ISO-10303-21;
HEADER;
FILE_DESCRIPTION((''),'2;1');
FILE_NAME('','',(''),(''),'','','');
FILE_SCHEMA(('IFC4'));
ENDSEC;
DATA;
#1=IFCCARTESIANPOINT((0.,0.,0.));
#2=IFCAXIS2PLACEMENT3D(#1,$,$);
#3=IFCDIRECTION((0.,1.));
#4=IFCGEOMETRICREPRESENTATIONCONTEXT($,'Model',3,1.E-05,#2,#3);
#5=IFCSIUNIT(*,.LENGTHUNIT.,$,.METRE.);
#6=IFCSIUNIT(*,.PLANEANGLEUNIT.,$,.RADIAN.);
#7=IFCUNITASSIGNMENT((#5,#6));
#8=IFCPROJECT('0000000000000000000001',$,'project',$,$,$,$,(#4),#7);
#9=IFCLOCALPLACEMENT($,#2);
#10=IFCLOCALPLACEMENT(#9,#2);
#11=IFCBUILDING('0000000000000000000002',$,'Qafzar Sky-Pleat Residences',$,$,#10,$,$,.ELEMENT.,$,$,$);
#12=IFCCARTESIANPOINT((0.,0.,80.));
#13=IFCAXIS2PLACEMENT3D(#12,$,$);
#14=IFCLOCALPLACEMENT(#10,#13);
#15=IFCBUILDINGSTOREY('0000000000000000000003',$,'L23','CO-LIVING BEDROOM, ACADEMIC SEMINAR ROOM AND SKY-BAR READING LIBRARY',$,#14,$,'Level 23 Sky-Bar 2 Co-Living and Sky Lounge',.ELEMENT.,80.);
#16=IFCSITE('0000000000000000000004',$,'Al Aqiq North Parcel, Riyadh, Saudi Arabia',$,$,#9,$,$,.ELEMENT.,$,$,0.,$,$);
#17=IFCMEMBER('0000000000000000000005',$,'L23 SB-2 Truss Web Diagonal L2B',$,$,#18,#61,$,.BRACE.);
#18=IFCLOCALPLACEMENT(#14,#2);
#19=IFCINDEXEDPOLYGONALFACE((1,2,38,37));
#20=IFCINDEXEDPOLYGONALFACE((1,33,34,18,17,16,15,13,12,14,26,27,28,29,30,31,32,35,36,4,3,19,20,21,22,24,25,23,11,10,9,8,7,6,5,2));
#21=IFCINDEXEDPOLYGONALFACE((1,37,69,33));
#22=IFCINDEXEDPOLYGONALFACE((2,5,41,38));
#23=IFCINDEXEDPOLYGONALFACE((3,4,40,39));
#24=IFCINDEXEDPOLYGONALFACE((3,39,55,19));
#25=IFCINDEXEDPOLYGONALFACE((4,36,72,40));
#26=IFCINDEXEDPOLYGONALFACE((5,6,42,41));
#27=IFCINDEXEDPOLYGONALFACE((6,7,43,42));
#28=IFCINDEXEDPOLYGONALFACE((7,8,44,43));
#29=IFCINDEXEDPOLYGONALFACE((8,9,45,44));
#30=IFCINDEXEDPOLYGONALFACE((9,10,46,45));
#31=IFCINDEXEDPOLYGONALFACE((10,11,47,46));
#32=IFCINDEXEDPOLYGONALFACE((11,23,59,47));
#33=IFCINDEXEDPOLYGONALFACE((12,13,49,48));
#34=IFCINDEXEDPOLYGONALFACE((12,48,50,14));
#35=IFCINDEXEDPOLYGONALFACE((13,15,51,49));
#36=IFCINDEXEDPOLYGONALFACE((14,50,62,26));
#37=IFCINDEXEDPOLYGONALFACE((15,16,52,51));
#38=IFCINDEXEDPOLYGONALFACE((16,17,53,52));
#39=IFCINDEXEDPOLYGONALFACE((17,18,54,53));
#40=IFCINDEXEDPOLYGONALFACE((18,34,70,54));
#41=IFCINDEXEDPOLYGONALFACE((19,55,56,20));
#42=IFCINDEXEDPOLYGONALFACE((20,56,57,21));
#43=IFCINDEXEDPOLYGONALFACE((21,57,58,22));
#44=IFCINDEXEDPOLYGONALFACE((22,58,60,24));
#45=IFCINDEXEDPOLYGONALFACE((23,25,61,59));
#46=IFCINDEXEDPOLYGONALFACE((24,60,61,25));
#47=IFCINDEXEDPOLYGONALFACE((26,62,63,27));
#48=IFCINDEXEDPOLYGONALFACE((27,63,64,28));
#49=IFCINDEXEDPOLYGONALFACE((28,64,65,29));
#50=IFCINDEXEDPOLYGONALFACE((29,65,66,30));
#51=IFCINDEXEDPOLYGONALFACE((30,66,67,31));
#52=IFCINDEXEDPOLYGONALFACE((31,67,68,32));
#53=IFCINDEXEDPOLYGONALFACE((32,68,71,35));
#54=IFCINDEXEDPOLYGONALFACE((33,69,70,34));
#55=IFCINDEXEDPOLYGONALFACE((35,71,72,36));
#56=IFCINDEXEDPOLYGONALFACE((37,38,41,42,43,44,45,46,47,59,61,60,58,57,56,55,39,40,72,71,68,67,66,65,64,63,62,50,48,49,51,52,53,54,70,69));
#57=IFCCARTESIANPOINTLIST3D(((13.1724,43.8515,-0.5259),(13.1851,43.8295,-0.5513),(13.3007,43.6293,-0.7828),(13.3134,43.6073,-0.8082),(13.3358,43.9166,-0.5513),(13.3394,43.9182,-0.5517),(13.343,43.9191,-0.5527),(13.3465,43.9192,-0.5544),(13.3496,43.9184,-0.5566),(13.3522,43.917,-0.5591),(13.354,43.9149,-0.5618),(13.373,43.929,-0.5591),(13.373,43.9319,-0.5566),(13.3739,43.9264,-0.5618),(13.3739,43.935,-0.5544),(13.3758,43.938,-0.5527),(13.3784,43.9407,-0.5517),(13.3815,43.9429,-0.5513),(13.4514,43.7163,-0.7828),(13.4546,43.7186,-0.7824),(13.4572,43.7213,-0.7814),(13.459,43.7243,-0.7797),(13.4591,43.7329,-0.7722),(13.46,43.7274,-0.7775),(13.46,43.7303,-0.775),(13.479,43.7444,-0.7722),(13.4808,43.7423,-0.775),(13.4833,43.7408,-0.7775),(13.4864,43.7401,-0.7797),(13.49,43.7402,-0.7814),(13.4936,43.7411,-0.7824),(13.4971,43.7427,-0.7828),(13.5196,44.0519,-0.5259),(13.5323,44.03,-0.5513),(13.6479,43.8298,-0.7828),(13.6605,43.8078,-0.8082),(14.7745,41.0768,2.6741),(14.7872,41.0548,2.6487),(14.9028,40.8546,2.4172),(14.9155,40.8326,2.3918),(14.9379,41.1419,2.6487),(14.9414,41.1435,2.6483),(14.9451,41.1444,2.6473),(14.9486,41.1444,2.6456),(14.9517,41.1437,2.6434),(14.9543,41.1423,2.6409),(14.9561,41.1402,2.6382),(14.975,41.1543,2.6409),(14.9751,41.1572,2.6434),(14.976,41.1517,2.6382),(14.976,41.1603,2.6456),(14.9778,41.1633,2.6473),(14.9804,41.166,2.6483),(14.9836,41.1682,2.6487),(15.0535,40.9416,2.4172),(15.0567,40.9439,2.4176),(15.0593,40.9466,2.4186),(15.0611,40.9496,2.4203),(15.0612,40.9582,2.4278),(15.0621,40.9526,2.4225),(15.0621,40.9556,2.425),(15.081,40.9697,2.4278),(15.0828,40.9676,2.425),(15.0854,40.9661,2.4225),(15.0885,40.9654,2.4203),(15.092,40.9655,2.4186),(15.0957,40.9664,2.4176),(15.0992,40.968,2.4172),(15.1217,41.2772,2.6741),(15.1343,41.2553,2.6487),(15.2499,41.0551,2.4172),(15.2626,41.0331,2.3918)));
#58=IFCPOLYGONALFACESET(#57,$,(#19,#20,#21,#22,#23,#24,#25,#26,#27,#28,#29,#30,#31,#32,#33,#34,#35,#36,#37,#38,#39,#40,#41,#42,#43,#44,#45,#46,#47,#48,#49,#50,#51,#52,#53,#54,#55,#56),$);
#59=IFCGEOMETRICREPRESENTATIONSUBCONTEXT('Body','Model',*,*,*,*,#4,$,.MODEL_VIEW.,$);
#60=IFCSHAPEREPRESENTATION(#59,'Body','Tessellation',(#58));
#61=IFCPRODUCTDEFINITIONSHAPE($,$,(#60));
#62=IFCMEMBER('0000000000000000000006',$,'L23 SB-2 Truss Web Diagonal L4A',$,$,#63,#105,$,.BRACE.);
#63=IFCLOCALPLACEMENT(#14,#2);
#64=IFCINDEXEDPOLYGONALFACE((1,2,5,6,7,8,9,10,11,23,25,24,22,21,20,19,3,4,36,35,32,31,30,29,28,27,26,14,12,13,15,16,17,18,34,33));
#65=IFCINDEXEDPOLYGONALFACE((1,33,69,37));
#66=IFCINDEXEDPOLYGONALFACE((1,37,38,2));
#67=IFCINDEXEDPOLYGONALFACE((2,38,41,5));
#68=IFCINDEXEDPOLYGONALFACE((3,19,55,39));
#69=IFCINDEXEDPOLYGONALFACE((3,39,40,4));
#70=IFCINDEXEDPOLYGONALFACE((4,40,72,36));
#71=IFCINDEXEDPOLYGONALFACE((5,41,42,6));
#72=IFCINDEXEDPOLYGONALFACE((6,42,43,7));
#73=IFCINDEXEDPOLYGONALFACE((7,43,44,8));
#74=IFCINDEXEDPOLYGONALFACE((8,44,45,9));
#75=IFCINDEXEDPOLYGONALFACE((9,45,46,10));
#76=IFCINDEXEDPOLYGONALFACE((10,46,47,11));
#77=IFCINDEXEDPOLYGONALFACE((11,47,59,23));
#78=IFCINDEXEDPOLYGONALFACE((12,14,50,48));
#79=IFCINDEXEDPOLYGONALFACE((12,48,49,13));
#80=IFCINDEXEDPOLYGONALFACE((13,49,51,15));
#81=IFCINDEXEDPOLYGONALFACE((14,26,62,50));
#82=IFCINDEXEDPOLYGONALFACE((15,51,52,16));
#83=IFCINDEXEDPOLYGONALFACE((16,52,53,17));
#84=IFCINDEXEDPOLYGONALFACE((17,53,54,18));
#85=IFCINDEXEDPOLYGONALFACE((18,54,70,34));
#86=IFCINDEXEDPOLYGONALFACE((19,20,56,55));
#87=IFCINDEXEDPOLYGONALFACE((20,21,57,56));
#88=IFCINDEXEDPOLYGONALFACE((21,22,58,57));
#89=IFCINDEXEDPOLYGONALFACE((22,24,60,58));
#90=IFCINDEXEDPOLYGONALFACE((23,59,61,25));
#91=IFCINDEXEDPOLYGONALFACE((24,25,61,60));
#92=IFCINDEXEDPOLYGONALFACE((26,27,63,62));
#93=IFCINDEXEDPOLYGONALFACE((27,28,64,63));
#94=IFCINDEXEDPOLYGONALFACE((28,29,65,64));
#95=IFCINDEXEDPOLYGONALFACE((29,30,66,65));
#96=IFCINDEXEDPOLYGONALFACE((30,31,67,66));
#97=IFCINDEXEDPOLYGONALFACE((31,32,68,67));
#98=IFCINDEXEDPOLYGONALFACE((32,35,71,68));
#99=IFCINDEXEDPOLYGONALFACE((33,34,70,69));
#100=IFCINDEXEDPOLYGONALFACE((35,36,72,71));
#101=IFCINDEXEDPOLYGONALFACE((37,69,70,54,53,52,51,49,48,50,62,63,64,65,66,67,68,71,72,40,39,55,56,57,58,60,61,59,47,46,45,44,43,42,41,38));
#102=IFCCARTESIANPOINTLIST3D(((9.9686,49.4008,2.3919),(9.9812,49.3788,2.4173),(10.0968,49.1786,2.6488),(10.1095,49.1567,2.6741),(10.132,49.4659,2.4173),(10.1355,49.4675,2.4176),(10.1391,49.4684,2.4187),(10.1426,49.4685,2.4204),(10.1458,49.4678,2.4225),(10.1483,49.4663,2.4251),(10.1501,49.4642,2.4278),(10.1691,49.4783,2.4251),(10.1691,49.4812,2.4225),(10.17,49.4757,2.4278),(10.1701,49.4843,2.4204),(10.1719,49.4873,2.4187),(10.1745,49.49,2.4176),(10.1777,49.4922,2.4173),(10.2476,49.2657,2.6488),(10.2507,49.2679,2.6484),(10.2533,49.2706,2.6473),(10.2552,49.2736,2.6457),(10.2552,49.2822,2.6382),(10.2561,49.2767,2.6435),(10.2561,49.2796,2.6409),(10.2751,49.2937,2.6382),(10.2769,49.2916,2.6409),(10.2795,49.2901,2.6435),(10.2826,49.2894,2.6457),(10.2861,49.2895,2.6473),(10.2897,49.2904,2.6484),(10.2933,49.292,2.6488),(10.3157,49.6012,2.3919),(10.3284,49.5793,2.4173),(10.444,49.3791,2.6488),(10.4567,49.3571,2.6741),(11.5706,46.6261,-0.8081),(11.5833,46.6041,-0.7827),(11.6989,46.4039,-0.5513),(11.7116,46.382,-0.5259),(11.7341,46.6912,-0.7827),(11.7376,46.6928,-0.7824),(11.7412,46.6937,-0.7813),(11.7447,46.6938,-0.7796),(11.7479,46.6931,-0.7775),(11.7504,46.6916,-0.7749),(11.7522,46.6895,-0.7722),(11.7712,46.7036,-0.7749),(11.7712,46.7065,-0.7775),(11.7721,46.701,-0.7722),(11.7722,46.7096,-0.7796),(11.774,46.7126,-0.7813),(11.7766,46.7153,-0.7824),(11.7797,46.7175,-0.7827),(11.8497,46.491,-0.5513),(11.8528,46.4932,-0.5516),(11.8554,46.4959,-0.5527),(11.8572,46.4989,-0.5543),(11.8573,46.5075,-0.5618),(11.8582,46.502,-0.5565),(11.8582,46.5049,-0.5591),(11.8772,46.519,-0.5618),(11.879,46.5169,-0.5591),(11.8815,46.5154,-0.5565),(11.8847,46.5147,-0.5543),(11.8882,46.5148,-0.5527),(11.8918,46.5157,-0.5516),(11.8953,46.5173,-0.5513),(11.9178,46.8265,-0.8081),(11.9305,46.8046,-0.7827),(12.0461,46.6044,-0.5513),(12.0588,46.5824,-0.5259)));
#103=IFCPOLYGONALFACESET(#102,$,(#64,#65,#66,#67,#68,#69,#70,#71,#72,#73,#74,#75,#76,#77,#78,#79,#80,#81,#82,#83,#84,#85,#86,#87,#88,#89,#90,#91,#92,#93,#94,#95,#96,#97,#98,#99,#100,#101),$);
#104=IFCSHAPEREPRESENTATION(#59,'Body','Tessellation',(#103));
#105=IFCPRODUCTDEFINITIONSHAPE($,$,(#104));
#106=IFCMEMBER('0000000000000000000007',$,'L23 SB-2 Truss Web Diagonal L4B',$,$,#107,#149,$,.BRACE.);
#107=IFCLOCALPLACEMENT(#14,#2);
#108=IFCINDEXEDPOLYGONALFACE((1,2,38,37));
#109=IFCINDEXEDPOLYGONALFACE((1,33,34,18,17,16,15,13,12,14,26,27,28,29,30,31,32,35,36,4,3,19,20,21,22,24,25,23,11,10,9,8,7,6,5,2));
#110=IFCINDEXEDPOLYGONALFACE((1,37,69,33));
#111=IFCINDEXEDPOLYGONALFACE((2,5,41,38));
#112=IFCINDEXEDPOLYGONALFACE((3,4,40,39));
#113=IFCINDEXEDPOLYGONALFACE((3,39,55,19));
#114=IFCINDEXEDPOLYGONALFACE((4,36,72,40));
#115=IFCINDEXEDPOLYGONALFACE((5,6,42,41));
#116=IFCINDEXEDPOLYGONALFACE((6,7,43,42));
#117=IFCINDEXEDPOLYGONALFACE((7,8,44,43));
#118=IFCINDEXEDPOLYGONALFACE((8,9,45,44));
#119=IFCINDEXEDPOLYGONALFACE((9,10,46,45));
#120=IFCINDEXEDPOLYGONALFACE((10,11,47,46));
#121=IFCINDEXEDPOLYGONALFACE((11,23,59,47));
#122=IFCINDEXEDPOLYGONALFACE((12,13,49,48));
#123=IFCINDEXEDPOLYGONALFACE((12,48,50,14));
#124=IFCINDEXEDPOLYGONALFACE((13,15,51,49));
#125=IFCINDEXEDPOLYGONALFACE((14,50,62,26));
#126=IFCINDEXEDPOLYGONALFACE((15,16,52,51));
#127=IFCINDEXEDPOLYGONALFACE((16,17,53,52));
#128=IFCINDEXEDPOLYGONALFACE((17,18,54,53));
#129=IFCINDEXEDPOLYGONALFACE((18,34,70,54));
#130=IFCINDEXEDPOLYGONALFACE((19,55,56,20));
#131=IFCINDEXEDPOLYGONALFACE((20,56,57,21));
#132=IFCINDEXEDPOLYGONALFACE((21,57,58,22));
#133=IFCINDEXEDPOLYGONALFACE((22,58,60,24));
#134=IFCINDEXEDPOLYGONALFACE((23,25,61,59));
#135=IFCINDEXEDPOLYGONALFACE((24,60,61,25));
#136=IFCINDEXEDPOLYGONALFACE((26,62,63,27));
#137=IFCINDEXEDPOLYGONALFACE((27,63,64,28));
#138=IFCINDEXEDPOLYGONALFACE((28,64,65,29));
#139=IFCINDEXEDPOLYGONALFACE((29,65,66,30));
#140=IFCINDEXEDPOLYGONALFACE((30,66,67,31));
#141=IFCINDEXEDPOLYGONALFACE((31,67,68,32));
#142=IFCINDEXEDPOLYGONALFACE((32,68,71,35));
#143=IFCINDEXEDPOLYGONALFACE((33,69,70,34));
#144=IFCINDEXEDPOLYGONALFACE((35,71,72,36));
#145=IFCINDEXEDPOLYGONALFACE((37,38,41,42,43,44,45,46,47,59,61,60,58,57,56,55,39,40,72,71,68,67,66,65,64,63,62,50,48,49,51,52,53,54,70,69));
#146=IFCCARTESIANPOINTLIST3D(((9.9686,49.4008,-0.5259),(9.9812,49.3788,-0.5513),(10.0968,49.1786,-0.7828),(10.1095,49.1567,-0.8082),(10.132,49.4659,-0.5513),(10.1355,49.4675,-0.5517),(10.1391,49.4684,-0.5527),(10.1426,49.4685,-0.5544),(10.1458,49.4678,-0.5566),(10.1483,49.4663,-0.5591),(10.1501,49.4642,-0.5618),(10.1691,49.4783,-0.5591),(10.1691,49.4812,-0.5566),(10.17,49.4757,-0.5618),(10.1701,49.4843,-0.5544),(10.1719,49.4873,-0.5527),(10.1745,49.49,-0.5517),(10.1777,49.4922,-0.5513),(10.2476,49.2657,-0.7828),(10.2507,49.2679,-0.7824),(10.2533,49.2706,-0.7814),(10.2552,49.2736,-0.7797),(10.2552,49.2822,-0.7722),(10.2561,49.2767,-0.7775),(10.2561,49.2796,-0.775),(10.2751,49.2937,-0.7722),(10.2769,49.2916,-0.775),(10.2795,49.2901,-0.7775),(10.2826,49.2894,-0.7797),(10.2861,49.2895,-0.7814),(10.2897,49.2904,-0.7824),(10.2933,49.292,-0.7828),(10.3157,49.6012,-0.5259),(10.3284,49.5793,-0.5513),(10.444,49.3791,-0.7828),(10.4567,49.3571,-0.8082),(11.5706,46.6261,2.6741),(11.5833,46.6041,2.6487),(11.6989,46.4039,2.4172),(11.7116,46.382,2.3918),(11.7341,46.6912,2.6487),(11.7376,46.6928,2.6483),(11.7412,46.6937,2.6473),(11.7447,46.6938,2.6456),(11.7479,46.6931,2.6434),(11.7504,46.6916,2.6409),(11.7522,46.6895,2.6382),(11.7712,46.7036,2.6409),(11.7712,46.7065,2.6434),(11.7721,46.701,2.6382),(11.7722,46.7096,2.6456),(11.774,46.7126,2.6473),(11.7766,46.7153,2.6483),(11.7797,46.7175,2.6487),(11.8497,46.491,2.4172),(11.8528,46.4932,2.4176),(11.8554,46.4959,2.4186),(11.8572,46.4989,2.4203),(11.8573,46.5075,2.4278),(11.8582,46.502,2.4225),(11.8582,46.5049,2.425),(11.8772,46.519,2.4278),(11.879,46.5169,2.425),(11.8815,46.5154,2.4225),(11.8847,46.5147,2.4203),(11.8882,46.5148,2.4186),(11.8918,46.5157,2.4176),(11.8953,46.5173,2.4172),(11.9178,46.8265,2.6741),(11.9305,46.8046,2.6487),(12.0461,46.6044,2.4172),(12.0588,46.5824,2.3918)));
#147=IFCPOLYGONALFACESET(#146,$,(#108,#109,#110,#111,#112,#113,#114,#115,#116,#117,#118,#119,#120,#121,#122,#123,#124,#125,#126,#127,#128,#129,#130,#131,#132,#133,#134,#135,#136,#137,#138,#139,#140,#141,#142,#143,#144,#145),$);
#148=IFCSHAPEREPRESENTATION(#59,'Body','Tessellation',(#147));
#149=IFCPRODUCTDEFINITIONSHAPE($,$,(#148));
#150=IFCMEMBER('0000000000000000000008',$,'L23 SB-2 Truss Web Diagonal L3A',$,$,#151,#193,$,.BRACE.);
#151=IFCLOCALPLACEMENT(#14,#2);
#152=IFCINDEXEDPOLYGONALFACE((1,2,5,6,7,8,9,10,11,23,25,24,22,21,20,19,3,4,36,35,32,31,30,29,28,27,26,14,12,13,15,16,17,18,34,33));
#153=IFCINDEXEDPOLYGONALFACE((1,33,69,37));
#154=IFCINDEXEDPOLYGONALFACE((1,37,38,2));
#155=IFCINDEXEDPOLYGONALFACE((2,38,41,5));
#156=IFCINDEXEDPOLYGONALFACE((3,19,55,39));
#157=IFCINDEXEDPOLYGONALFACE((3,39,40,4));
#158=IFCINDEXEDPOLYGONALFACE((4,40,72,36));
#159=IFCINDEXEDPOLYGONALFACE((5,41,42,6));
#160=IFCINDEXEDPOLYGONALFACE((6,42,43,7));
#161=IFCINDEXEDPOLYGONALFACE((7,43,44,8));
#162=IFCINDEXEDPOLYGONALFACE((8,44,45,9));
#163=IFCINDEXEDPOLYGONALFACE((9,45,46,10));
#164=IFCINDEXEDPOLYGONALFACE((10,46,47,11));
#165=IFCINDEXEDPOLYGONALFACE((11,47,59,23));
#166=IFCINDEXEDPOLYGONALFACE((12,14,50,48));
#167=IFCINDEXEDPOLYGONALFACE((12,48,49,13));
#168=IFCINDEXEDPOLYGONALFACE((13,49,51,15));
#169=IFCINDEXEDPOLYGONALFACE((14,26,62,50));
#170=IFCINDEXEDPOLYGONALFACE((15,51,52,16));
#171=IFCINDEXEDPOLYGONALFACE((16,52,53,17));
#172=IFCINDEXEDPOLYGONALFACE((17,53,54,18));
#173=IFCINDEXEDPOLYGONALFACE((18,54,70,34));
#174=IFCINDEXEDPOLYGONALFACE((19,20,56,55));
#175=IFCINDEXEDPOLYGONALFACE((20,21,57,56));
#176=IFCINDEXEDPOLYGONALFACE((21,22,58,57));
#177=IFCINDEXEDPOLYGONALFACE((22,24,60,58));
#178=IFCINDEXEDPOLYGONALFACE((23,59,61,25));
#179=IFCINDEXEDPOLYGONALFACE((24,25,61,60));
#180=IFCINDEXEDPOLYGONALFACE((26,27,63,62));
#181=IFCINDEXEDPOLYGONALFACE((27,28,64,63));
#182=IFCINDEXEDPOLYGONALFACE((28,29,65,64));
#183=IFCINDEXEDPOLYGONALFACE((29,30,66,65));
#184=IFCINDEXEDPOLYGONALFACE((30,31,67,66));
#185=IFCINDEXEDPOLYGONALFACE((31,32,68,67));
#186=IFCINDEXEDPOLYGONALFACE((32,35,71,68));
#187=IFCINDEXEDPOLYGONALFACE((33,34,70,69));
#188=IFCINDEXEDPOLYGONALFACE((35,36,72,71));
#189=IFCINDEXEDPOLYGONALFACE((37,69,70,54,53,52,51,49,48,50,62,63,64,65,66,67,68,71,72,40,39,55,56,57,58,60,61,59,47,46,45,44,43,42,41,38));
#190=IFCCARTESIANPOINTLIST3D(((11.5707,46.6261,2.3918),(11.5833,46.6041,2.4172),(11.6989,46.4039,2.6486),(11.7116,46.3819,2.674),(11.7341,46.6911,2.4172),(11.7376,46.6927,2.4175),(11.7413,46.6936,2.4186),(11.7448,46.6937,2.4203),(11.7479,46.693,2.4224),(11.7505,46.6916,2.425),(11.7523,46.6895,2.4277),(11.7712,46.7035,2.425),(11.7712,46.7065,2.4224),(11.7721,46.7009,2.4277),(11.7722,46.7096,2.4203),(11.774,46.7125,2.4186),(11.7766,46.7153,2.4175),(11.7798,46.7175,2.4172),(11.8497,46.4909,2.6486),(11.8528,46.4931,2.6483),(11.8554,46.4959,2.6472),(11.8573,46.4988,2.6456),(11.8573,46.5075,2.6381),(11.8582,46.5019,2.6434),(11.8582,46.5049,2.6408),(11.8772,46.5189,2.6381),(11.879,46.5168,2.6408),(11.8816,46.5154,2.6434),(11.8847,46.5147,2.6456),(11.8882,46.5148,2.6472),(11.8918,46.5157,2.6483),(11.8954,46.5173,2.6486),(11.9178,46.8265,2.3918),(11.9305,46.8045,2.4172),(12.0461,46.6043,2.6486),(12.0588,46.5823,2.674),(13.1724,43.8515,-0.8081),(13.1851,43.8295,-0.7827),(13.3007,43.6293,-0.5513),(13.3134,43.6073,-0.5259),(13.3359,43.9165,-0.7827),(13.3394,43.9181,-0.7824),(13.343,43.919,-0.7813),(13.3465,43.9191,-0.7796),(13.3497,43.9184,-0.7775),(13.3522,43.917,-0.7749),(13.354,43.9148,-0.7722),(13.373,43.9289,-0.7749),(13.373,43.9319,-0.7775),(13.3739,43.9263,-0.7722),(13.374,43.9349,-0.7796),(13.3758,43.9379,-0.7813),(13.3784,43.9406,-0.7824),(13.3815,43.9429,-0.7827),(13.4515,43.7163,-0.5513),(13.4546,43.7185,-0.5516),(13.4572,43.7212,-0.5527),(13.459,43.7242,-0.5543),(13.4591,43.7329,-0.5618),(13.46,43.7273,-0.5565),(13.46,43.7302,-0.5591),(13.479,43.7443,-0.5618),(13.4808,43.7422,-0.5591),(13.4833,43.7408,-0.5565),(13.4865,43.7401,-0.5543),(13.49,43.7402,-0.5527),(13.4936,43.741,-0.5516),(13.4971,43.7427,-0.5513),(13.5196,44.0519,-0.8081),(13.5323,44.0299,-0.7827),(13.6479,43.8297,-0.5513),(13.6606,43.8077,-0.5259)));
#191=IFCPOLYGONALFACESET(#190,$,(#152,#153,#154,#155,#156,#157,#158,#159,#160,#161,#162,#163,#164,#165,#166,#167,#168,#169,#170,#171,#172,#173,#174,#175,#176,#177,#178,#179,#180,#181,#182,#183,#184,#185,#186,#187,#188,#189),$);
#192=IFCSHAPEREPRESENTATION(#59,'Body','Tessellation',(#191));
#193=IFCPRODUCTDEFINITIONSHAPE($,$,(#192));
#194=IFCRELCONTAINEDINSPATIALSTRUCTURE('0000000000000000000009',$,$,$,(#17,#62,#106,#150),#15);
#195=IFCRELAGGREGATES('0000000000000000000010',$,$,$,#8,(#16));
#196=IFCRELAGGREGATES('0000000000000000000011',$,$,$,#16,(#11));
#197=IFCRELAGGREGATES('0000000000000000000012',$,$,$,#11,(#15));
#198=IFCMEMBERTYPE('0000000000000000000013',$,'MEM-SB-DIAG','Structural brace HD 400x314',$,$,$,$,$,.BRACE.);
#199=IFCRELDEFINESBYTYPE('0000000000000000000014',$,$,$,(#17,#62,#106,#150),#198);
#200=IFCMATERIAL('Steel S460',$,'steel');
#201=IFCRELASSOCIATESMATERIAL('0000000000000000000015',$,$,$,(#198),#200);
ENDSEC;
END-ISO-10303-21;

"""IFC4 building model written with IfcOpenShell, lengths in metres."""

from ifc_helpers import new_model, si_unit, direction, frame, origin, origin_2d, place, context, subcontext, project, spatial, i_section, extrude, source, transform, mapped, material, material_profile, profile_set, type_object, element, save


model = new_model("IFC4")

# Units and contexts
model_context = context("Model", 3, precision=1e-05, world=origin(), true_north=direction((0.0, 1.0)))
body_context = subcontext(model_context, "Body", "Model", "MODEL_VIEW")
ifc_project = project(units=[si_unit("LENGTHUNIT", "METRE"), si_unit("PLANEANGLEUNIT", "RADIAN")], contexts=[model_context])

# Site, building, storey
site_placement = place(None, origin())
site = spatial("IfcSite", under=ifc_project, at=site_placement, Name="Al Aqiq North Parcel, Riyadh, Saudi Arabia", CompositionType="ELEMENT", RefElevation=0.0)
building_placement = place(site_placement, origin())
building = spatial("IfcBuilding", under=site, at=building_placement, Name="Qafzar Sky-Pleat Residences", CompositionType="ELEMENT")
storey_placement = place(building_placement, frame((0.0, 0.0, 80.0)))
storey = spatial("IfcBuildingStorey", under=building, at=storey_placement, Name="L23", Description="CO-LIVING BEDROOM, ACADEMIC SEMINAR ROOM AND SKY-BAR READING LIBRARY", LongName="Level 23 Sky-Bar 2 Co-Living and Sky Lounge", CompositionType="ELEMENT", Elevation=80.0)

# Shared definitions
ifc_material_1 = material(Name="Steel S460", Category="steel")

# Members
ifc_material_profile_1 = material_profile(ifc_material_1, i_section(OverallWidth=0.4009, OverallDepth=0.3989, WebThickness=0.0229, FlangeThickness=0.0359, FilletRadius=0.0149, at=origin_2d()), Name="HD 400x314")
ifc_profile_set_1 = profile_set([ifc_material_profile_1], Name="Steel S460")
member_type = type_object("IfcMemberType", Name="MEM-SB-DIAG", Description="Structural brace HD 400x314", PredefinedType="BRACE", material=ifc_profile_set_1)
shared_shape_1 = source(origin(), body_context, "Body", "SweptSolid", [
    extrude(i_section(OverallWidth=0.4009, OverallDepth=0.3989, WebThickness=0.0229, FlangeThickness=0.0359, FilletRadius=0.0149, at=origin_2d()), origin(), (0.0, 0.0, 1.0), 4.5283),
])
for number, where, z_axis, x_axis, name in (
    (1, (15.0186, 41.0549, 2.533), (-0.353791, 0.612745, -0.706665), (-0.866012, -0.500024, 0.0), "L23 SB-2 Truss Web Diagonal L2B"),
    (2, (11.8147, 46.6042, -0.667), (-0.353791, 0.612745, 0.706665), (-0.866012, -0.500024, 0.0), "L23 SB-2 Truss Web Diagonal L4A"),
    (3, (11.8147, 46.6042, 2.533), (-0.353791, 0.612745, -0.706665), (-0.866012, -0.500024, 0.0), "L23 SB-2 Truss Web Diagonal L4B"),
):
    element("IfcMember", number, at=place(storey_placement, frame(where, z_axis=z_axis, x_axis=x_axis)), inside=storey, type_object=member_type, Name=name, PredefinedType="BRACE", context=body_context, shape_type="MappedRepresentation", body=[
        mapped(shared_shape_1, transform((0.0, 0.0, 0.0), x_axis=(1.0, 0.0, 0.0), y_axis=(0.0, 1.0, 0.0), z_axis=(0.0, 0.0, 1.0), scale=1.0)),
    ])
shared_shape_2 = source(origin(), body_context, "Body", "SweptSolid", [
    extrude(i_section(OverallWidth=0.4009, OverallDepth=0.3989, WebThickness=0.0229, FlangeThickness=0.0359, FilletRadius=0.0149, at=origin_2d()), origin(), (0.0, 0.0, 1.0), 4.5281),
])
for number, where, z_axis, x_axis, name in (
    (4, (13.4165, 43.8296, -0.667), (-0.353744, 0.612757, 0.706679), (-0.866045, -0.499967, 0.0), "L23 SB-2 Truss Web Diagonal L3A"),
):
    element("IfcMember", number, at=place(storey_placement, frame(where, z_axis=z_axis, x_axis=x_axis)), inside=storey, type_object=member_type, Name=name, PredefinedType="BRACE", context=body_context, shape_type="MappedRepresentation", body=[
        mapped(shared_shape_2, transform((0.0, 0.0, 0.0), x_axis=(1.0, 0.0, 0.0), y_axis=(0.0, 1.0, 0.0), z_axis=(0.0, 0.0, 1.0), scale=1.0)),
    ])

save(model, "model.ifc")
